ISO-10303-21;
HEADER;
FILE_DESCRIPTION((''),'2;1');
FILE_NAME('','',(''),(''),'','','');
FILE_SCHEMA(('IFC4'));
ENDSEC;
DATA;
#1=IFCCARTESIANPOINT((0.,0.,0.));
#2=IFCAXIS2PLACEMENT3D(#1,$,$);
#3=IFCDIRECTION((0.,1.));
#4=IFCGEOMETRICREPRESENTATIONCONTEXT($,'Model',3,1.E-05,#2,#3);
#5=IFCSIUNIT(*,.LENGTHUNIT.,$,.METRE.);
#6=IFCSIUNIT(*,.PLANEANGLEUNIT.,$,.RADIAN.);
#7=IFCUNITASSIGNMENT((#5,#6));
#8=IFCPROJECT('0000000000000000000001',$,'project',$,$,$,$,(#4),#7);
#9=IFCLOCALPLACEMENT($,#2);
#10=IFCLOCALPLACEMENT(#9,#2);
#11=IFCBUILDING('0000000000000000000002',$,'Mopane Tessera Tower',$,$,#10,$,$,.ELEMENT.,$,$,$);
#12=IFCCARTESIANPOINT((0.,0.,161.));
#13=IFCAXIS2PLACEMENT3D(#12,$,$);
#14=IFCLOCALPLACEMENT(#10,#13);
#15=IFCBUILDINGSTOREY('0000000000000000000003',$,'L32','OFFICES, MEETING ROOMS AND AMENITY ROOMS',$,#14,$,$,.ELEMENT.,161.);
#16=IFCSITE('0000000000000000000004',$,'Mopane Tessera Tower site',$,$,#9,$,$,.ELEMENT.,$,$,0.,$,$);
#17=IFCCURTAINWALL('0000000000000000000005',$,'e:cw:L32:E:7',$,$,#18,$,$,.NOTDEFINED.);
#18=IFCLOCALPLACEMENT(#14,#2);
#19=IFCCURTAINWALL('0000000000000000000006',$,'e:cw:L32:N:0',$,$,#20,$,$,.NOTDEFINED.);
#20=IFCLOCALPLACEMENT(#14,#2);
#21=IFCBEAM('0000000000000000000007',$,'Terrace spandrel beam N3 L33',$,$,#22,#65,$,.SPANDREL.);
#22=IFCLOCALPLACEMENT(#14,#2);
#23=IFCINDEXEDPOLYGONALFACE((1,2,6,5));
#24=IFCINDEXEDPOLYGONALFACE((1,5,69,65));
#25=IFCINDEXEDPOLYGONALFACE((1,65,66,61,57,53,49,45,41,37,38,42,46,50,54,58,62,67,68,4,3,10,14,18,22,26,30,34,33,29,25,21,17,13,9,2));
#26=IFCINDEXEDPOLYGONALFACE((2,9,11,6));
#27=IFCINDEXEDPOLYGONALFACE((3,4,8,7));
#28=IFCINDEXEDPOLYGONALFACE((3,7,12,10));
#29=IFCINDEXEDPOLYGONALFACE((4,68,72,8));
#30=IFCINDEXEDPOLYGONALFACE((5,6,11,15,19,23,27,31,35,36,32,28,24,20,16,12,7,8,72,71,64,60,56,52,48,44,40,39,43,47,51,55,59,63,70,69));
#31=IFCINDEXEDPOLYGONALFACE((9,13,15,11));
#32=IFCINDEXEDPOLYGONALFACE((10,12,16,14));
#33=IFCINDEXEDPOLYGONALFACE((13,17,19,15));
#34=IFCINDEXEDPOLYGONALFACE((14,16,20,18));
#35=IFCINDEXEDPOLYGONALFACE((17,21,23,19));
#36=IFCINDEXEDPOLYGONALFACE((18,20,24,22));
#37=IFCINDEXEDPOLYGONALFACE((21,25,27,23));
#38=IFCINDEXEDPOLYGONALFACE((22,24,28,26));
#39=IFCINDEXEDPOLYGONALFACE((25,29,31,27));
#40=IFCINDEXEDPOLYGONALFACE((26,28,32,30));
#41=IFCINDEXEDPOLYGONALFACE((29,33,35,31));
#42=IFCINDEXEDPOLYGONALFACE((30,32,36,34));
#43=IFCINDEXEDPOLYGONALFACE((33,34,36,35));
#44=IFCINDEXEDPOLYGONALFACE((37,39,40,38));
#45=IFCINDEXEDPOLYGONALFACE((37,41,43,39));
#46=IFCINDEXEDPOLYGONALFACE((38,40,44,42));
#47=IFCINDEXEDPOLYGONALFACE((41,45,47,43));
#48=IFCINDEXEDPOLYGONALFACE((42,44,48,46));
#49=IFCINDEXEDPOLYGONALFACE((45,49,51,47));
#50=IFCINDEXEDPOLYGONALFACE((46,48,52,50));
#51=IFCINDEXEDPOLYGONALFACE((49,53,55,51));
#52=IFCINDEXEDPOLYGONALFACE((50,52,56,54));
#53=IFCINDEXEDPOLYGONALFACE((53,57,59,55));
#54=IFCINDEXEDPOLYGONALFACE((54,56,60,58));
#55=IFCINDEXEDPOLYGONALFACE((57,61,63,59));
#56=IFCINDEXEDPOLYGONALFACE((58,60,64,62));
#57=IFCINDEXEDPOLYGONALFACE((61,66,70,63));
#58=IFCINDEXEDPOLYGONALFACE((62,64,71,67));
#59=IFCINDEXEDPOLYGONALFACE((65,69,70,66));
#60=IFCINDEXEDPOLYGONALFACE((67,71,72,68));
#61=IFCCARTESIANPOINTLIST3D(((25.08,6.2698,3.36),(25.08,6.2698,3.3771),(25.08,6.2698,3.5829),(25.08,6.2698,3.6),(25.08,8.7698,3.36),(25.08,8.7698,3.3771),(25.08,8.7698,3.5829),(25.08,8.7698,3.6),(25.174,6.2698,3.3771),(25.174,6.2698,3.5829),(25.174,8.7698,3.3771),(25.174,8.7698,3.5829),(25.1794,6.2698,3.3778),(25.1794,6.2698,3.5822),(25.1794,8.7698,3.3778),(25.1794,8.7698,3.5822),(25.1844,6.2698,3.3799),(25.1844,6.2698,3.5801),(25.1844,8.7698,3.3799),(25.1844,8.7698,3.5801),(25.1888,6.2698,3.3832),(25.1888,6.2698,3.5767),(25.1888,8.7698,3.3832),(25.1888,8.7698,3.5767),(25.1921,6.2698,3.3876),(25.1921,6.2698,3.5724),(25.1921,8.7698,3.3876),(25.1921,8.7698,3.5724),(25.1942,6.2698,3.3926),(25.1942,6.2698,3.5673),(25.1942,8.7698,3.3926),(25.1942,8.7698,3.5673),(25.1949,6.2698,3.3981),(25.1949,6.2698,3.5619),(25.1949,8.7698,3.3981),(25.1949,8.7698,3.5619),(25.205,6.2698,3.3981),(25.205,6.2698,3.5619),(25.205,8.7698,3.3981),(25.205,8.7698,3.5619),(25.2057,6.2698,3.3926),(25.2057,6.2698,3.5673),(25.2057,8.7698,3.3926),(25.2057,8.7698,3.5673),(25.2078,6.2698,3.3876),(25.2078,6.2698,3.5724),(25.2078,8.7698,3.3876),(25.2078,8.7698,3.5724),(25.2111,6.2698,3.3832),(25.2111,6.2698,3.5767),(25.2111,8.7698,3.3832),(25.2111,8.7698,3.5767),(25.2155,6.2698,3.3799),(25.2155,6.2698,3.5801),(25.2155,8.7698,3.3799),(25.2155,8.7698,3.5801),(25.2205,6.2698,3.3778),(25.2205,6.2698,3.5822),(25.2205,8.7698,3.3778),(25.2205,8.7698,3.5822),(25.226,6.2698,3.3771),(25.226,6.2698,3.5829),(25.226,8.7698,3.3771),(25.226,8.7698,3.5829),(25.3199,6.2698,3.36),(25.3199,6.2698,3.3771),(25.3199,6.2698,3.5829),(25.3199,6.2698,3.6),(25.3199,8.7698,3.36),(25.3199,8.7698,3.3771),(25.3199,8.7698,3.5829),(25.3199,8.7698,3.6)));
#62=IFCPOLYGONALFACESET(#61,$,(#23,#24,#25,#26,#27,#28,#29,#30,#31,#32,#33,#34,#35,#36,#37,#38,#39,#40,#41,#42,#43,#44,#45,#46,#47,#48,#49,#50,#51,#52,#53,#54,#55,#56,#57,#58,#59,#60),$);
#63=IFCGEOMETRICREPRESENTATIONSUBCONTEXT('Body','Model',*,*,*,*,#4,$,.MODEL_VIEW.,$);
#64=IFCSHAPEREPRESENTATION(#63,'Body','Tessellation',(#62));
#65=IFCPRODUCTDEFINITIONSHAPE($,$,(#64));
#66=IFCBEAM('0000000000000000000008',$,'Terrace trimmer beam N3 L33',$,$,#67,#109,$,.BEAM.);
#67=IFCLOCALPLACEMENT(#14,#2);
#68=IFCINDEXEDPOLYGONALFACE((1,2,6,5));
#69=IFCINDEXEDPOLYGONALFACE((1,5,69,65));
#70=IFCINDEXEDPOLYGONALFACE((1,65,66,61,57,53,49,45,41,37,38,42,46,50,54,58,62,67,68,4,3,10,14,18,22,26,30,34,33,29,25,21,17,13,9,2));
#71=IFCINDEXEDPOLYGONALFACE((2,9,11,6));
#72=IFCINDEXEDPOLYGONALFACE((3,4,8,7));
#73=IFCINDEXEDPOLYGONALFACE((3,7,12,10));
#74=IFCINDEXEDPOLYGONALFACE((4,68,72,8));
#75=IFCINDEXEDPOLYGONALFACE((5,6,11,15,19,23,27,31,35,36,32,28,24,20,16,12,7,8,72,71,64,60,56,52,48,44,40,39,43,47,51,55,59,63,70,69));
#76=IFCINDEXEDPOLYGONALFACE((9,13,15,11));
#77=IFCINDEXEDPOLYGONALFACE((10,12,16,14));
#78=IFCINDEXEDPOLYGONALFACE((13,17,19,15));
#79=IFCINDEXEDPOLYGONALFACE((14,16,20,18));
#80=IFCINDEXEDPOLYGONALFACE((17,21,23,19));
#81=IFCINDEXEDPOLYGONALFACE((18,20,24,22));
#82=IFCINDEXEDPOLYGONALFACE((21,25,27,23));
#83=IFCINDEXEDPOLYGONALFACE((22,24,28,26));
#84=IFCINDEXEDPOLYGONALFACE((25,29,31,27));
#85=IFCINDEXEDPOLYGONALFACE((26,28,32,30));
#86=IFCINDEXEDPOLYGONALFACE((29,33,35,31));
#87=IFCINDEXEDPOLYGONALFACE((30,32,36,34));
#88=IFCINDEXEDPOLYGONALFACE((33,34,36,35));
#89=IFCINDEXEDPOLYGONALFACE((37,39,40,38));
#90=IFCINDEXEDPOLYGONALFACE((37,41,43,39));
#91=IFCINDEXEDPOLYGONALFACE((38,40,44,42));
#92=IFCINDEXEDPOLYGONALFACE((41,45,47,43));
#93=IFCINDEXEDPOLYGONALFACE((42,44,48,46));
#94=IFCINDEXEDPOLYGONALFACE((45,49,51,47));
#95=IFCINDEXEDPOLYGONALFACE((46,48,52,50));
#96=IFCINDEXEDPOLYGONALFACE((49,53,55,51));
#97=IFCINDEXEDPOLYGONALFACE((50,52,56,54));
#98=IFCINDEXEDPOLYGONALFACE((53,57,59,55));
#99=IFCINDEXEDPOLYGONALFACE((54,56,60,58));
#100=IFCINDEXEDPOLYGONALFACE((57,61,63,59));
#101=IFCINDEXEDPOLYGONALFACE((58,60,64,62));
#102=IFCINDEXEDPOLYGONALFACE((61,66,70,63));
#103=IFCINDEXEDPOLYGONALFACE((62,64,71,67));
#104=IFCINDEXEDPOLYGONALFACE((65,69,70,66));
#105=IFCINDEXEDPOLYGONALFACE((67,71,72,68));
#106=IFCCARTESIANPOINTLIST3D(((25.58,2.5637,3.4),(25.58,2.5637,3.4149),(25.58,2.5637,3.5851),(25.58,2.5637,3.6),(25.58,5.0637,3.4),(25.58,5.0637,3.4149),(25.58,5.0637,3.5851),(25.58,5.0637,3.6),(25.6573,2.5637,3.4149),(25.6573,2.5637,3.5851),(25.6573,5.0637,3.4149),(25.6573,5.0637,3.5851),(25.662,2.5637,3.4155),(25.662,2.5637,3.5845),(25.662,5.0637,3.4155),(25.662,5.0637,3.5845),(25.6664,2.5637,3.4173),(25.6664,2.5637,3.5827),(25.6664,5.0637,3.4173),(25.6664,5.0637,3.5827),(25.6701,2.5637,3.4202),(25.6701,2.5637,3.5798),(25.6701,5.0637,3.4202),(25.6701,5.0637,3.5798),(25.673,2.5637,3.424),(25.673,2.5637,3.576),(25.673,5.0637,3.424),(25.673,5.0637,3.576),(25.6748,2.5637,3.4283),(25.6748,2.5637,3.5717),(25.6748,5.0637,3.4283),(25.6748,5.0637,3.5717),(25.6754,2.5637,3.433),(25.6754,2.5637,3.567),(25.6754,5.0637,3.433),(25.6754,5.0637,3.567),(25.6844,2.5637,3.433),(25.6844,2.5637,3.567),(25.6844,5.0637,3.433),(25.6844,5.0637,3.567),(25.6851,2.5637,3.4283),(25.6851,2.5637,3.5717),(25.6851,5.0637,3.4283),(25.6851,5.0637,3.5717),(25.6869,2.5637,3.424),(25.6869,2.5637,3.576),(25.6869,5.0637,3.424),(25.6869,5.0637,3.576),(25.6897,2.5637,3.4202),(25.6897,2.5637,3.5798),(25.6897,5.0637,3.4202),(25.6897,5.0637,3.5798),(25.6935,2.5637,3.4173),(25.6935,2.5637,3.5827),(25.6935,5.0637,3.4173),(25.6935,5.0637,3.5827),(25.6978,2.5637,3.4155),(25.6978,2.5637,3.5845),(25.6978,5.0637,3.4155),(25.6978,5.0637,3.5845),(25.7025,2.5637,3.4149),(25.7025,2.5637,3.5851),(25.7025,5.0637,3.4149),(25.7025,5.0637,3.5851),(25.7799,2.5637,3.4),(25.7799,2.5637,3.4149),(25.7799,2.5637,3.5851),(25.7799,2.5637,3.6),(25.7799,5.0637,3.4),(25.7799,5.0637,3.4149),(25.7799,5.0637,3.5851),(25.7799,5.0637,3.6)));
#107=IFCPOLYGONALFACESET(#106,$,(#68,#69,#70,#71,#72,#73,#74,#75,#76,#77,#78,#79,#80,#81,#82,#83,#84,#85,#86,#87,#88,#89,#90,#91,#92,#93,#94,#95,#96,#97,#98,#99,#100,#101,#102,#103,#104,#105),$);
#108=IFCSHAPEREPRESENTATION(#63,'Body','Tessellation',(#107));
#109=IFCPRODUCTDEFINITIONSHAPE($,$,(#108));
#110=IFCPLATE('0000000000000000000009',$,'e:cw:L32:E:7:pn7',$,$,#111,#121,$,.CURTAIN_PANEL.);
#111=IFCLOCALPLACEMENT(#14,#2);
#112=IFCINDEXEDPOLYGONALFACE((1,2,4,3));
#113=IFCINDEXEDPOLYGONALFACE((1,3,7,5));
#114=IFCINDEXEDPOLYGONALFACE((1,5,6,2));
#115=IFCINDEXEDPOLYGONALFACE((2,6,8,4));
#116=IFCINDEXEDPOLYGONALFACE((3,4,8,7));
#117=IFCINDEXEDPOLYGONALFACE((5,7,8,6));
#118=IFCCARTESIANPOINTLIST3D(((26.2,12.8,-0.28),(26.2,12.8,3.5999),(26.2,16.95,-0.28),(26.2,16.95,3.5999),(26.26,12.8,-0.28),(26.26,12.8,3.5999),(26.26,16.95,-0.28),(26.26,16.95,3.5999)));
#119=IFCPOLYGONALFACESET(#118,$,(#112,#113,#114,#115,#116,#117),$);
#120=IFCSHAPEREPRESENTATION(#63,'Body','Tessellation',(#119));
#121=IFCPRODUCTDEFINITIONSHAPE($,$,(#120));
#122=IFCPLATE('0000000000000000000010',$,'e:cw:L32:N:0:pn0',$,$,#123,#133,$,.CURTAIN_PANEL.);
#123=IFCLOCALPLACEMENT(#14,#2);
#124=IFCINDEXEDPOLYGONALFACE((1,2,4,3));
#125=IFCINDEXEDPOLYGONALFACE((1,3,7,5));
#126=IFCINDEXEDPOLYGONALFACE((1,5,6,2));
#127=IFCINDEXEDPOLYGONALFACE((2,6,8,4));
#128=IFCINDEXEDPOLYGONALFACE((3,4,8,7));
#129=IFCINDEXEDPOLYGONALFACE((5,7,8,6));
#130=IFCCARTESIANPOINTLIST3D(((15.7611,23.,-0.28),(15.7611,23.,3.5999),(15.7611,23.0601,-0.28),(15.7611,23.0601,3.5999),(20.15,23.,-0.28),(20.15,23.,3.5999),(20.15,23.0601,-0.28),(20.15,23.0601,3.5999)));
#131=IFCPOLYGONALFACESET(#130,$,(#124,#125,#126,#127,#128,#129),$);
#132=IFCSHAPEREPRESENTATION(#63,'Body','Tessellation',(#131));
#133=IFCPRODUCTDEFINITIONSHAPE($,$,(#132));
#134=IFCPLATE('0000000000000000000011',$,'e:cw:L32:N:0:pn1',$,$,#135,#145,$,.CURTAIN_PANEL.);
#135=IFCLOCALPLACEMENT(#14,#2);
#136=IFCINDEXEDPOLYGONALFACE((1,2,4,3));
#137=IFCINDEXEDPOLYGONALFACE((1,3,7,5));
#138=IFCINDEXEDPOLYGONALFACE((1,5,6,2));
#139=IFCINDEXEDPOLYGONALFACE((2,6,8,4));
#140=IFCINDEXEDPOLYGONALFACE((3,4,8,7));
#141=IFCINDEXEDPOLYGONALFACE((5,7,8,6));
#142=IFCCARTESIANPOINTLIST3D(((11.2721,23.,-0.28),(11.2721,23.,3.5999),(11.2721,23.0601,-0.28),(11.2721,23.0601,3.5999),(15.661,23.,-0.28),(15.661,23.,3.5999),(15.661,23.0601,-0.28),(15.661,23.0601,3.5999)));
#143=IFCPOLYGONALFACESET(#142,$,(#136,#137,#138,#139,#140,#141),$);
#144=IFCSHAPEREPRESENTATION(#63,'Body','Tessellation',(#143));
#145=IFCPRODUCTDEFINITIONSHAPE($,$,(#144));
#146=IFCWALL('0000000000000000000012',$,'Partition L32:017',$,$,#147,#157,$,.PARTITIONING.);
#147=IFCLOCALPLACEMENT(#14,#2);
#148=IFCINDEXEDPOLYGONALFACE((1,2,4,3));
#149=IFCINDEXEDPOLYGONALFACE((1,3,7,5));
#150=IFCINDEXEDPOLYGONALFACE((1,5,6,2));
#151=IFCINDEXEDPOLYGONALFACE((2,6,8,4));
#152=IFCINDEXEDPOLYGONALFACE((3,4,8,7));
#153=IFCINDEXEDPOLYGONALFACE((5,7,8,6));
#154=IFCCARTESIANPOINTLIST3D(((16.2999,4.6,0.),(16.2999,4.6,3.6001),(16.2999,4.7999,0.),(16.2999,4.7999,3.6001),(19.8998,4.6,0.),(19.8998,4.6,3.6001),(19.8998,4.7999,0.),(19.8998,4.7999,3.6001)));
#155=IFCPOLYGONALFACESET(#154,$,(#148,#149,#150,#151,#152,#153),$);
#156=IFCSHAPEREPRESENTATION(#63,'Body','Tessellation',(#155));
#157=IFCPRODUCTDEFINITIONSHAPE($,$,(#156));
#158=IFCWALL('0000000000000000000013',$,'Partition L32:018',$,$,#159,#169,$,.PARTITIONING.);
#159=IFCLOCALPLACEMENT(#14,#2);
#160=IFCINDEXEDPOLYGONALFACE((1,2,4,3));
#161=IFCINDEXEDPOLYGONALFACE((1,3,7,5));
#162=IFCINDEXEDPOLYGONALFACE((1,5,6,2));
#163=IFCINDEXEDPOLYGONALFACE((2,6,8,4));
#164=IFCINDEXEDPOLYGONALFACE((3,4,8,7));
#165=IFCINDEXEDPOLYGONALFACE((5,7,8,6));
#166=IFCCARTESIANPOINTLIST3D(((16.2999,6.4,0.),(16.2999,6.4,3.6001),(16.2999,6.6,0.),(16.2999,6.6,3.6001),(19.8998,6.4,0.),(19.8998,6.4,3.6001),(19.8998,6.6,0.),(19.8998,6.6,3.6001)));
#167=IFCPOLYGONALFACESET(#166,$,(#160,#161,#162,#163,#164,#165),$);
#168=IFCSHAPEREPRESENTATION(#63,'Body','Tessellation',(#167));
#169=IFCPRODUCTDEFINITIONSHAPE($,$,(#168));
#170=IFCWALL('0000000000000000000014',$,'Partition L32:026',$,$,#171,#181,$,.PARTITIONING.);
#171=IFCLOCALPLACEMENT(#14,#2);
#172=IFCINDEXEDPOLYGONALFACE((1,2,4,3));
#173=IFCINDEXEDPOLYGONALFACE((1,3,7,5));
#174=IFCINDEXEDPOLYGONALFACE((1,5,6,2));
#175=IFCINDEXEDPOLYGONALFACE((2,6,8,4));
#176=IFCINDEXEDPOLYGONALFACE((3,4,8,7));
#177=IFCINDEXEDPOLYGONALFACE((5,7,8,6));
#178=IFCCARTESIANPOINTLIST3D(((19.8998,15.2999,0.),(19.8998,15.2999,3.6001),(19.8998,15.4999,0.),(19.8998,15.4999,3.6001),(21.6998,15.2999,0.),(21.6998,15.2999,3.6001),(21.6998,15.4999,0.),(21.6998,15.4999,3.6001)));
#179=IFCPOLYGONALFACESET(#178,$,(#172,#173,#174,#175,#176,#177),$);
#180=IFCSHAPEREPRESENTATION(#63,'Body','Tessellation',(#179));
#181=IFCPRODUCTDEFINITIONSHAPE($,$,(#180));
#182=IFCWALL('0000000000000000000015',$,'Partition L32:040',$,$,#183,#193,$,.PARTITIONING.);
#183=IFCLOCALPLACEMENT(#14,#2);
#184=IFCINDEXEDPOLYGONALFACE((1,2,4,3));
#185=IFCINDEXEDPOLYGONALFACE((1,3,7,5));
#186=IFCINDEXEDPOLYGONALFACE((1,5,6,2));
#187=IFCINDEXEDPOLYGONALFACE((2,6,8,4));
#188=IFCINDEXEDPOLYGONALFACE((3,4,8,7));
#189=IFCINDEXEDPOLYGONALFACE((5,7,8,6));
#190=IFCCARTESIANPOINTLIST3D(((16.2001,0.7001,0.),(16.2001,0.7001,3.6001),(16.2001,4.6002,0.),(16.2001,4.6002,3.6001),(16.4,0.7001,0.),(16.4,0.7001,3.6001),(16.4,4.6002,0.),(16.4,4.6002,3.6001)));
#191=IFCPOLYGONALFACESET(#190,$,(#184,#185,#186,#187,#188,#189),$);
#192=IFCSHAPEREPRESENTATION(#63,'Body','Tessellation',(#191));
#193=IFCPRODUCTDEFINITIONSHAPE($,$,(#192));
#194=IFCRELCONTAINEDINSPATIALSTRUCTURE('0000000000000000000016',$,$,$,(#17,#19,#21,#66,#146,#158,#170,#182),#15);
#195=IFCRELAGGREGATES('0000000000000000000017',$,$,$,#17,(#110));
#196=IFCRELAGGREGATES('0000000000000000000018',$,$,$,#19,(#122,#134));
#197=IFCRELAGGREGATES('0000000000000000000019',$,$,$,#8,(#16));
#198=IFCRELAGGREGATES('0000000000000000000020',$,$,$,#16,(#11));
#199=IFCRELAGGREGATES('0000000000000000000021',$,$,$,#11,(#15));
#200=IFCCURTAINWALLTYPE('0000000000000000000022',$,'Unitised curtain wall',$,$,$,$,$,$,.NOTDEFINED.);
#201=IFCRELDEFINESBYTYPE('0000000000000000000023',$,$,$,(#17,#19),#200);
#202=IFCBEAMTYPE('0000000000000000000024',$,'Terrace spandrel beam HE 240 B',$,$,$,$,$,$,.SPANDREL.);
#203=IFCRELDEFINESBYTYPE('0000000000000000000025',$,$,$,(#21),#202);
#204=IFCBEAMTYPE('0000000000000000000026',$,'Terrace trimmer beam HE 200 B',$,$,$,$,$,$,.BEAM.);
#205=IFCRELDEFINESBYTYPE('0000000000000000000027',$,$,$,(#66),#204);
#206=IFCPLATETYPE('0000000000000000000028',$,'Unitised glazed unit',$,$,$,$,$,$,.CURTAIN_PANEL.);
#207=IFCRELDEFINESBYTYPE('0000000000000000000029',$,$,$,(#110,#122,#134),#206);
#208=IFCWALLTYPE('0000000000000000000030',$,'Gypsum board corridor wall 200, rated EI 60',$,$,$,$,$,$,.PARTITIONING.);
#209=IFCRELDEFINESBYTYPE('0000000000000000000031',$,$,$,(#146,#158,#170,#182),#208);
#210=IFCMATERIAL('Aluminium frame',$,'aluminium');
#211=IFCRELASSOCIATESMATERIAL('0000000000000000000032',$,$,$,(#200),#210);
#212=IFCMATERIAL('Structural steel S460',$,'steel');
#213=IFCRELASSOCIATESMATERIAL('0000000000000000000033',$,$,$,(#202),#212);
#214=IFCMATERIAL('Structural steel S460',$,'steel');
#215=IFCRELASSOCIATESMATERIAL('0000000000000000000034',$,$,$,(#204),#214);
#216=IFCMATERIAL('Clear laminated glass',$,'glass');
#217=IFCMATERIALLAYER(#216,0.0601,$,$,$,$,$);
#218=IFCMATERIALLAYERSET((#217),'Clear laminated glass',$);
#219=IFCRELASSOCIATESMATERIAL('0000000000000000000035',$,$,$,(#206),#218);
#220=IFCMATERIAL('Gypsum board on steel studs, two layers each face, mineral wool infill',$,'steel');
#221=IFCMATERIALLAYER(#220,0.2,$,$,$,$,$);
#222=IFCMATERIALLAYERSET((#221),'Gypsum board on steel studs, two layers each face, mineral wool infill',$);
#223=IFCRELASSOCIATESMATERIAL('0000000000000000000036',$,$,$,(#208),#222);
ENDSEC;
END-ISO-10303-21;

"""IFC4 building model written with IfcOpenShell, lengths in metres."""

from ifc_helpers import new_model, si_unit, direction, frame, frame_2d, origin, origin_2d, place, context, subcontext, project, spatial, rectangle, i_section, extrude, material, layer, layer_set, material_profile, profile_set, type_object, element, aggregate, save


model = new_model("IFC4")

# Units and contexts
model_context = context("Model", 3, precision=1e-05, world=origin(), true_north=direction((0.0, 1.0)))
body_context = subcontext(model_context, "Body", "Model", "MODEL_VIEW")
ifc_project = project(units=[si_unit("LENGTHUNIT", "METRE"), si_unit("PLANEANGLEUNIT", "RADIAN")], contexts=[model_context])

# Site, building, storey
site_placement = place(None, origin())
site = spatial("IfcSite", under=ifc_project, at=site_placement, Name="Mopane Tessera Tower site", CompositionType="ELEMENT", RefElevation=0.0)
building_placement = place(site_placement, origin())
building = spatial("IfcBuilding", under=site, at=building_placement, Name="Mopane Tessera Tower", CompositionType="ELEMENT")
storey_placement = place(building_placement, frame((0.0, 0.0, 161.0)))
storey = spatial("IfcBuildingStorey", under=building, at=storey_placement, Name="L32", Description="OFFICES, MEETING ROOMS AND AMENITY ROOMS", CompositionType="ELEMENT", Elevation=161.0)

# Shared definitions
ifc_material_1 = material(Name="Aluminium frame", Category="aluminium")
curtain_wall_type = type_object("IfcCurtainWallType", Name="Unitised curtain wall", PredefinedType="NOTDEFINED", material=ifc_material_1)

# Curtain walls
curtain_wall_1_placement = place(storey_placement, origin())
curtain_wall_1 = element("IfcCurtainWall", 1, at=curtain_wall_1_placement, inside=storey, type_object=curtain_wall_type, Name="e:cw:L32:E:7", PredefinedType="NOTDEFINED")
curtain_wall_2_placement = place(storey_placement, origin())
curtain_wall_2 = element("IfcCurtainWall", 2, at=curtain_wall_2_placement, inside=storey, type_object=curtain_wall_type, Name="e:cw:L32:N:0", PredefinedType="NOTDEFINED")

# Beams
ifc_material_2 = material(Name="Structural steel S460", Category="steel")
ifc_material_profile_1 = material_profile(ifc_material_2, i_section(OverallWidth=0.24, OverallDepth=0.24, WebThickness=0.01, FlangeThickness=0.0171, FilletRadius=0.021, at=origin_2d()))
ifc_profile_set_1 = profile_set([ifc_material_profile_1], Name="Structural steel S460")
beam_type_1 = type_object("IfcBeamType", Name="Terrace spandrel beam HE 240 B", PredefinedType="SPANDREL", material=ifc_profile_set_1)
beam_1_placement = place(storey_placement, frame((25.2, 6.2698, 3.48), z_axis=(0.0, 1.0, 0.0), x_axis=(-1.0, 0.0, 0.0)))
element("IfcBeam", 3, at=beam_1_placement, inside=storey, type_object=beam_type_1, Name="Terrace spandrel beam N3 L33", PredefinedType="SPANDREL", context=body_context, shape_type="SweptSolid", body=[
    extrude(i_section(OverallWidth=0.24, OverallDepth=0.24, WebThickness=0.01, FlangeThickness=0.0171, FilletRadius=0.021, at=origin_2d()), origin(), (0.0, 0.0, 1.0), 2.5),
])
ifc_material_3 = material(Name="Structural steel S460", Category="steel")
ifc_material_profile_2 = material_profile(ifc_material_3, i_section(OverallWidth=0.2, OverallDepth=0.2, WebThickness=0.009, FlangeThickness=0.0149, FilletRadius=0.0181, at=origin_2d()))
ifc_profile_set_2 = profile_set([ifc_material_profile_2], Name="Structural steel S460")
beam_type_2 = type_object("IfcBeamType", Name="Terrace trimmer beam HE 200 B", PredefinedType="BEAM", material=ifc_profile_set_2)
beam_2_placement = place(storey_placement, frame((25.6799, 5.0637, 3.5), z_axis=(0.0, -1.0, 0.0), x_axis=(1.0, 0.0, 0.0)))
element("IfcBeam", 4, at=beam_2_placement, inside=storey, type_object=beam_type_2, Name="Terrace trimmer beam N3 L33", PredefinedType="BEAM", context=body_context, shape_type="SweptSolid", body=[
    extrude(i_section(OverallWidth=0.2, OverallDepth=0.2, WebThickness=0.009, FlangeThickness=0.0149, FilletRadius=0.0181, at=origin_2d()), origin(), (0.0, 0.0, 1.0), 2.5),
])

# Plates
ifc_material_4 = material(Name="Clear laminated glass", Category="glass")
ifc_layer_1 = layer(ifc_material_4, 0.0601)
ifc_layer_set_1 = layer_set([ifc_layer_1], Name="Clear laminated glass")
plate_type = type_object("IfcPlateType", Name="Unitised glazed unit", PredefinedType="CURTAIN_PANEL", material=ifc_layer_set_1)
plate_1_placement = place(storey_placement, frame((26.23, 14.875, -0.28), z_axis=(0.0, 0.0, 1.0), x_axis=(0.0, 1.0, 0.0)))
plate_1 = element("IfcPlate", 5, at=plate_1_placement, type_object=plate_type, Name="e:cw:L32:E:7:pn7", PredefinedType="CURTAIN_PANEL", context=body_context, shape_type="SweptSolid", body=[
    extrude(rectangle(XDim=4.1499, YDim=0.0601, at=origin_2d()), origin(), (0.0, 0.0, 1.0), 3.8799),
])
aggregate(curtain_wall_1, [plate_1])
plate_2_placement = place(storey_placement, frame((17.9556, 23.03, -0.28), z_axis=(0.0, 0.0, 1.0), x_axis=(-1.0, 0.0, 0.0)))
plate_2 = element("IfcPlate", 6, at=plate_2_placement, type_object=plate_type, Name="e:cw:L32:N:0:pn0", PredefinedType="CURTAIN_PANEL", context=body_context, shape_type="SweptSolid", body=[
    extrude(rectangle(XDim=4.3889, YDim=0.0601, at=origin_2d()), origin(), (0.0, 0.0, 1.0), 3.8799),
])
plate_3_placement = place(storey_placement, frame((13.4666, 23.03, -0.28), z_axis=(0.0, 0.0, 1.0), x_axis=(-1.0, 0.0, 0.0)))
plate_3 = element("IfcPlate", 7, at=plate_3_placement, type_object=plate_type, Name="e:cw:L32:N:0:pn1", PredefinedType="CURTAIN_PANEL", context=body_context, shape_type="SweptSolid", body=[
    extrude(rectangle(XDim=4.3889, YDim=0.0601, at=origin_2d()), origin(), (0.0, 0.0, 1.0), 3.8799),
])
aggregate(curtain_wall_2, [plate_2, plate_3])

# Walls
ifc_material_5 = material(Name="Gypsum board on steel studs, two layers each face, mineral wool infill", Category="steel")
ifc_layer_2 = layer(ifc_material_5, 0.2)
ifc_layer_set_2 = layer_set([ifc_layer_2], Name="Gypsum board on steel studs, two layers each face, mineral wool infill")
wall_type_1 = type_object("IfcWallType", Name="Gypsum board corridor wall 200, rated EI 60", PredefinedType="PARTITIONING", material=ifc_layer_set_2)
for number, where, z_axis, x_axis, name in (
    (8, (16.3, 4.7, 0.0), (0.0, 0.0, 1.0), (1.0, 0.0, 0.0), "Partition L32:017"),
    (9, (16.3, 6.5, 0.0), (0.0, 0.0, 1.0), (1.0, 0.0, 0.0), "Partition L32:018"),
):
    element("IfcWall", number, at=place(storey_placement, frame(where, z_axis=z_axis, x_axis=x_axis)), inside=storey, type_object=wall_type_1, Name=name, PredefinedType="PARTITIONING", context=body_context, shape_type="SweptSolid", body=[
        extrude(rectangle(XDim=3.5999, YDim=0.2, at=frame_2d((1.7998, 0.0))), origin(), (0.0, 0.0, 1.0), 3.6001),
    ])
wall_1_placement = place(storey_placement, frame((19.8999, 15.3999, 0.0), z_axis=(0.0, 0.0, 1.0), x_axis=(1.0, 0.0, 0.0)))
element("IfcWall", 10, at=wall_1_placement, inside=storey, type_object=wall_type_1, Name="Partition L32:026", PredefinedType="PARTITIONING", context=body_context, shape_type="SweptSolid", body=[
    extrude(rectangle(XDim=1.8, YDim=0.2, at=frame_2d((0.8999, 0.0))), origin(), (0.0, 0.0, 1.0), 3.6001),
])
wall_2_placement = place(storey_placement, frame((16.3, 0.7, 0.0), z_axis=(0.0, 0.0, 1.0), x_axis=(0.0, 1.0, 0.0)))
element("IfcWall", 11, at=wall_2_placement, inside=storey, type_object=wall_type_1, Name="Partition L32:040", PredefinedType="PARTITIONING", context=body_context, shape_type="SweptSolid", body=[
    extrude(rectangle(XDim=3.9001, YDim=0.2, at=frame_2d((1.9502, 0.0))), origin(), (0.0, 0.0, 1.0), 3.6001),
])

save(model, "model.ifc")
